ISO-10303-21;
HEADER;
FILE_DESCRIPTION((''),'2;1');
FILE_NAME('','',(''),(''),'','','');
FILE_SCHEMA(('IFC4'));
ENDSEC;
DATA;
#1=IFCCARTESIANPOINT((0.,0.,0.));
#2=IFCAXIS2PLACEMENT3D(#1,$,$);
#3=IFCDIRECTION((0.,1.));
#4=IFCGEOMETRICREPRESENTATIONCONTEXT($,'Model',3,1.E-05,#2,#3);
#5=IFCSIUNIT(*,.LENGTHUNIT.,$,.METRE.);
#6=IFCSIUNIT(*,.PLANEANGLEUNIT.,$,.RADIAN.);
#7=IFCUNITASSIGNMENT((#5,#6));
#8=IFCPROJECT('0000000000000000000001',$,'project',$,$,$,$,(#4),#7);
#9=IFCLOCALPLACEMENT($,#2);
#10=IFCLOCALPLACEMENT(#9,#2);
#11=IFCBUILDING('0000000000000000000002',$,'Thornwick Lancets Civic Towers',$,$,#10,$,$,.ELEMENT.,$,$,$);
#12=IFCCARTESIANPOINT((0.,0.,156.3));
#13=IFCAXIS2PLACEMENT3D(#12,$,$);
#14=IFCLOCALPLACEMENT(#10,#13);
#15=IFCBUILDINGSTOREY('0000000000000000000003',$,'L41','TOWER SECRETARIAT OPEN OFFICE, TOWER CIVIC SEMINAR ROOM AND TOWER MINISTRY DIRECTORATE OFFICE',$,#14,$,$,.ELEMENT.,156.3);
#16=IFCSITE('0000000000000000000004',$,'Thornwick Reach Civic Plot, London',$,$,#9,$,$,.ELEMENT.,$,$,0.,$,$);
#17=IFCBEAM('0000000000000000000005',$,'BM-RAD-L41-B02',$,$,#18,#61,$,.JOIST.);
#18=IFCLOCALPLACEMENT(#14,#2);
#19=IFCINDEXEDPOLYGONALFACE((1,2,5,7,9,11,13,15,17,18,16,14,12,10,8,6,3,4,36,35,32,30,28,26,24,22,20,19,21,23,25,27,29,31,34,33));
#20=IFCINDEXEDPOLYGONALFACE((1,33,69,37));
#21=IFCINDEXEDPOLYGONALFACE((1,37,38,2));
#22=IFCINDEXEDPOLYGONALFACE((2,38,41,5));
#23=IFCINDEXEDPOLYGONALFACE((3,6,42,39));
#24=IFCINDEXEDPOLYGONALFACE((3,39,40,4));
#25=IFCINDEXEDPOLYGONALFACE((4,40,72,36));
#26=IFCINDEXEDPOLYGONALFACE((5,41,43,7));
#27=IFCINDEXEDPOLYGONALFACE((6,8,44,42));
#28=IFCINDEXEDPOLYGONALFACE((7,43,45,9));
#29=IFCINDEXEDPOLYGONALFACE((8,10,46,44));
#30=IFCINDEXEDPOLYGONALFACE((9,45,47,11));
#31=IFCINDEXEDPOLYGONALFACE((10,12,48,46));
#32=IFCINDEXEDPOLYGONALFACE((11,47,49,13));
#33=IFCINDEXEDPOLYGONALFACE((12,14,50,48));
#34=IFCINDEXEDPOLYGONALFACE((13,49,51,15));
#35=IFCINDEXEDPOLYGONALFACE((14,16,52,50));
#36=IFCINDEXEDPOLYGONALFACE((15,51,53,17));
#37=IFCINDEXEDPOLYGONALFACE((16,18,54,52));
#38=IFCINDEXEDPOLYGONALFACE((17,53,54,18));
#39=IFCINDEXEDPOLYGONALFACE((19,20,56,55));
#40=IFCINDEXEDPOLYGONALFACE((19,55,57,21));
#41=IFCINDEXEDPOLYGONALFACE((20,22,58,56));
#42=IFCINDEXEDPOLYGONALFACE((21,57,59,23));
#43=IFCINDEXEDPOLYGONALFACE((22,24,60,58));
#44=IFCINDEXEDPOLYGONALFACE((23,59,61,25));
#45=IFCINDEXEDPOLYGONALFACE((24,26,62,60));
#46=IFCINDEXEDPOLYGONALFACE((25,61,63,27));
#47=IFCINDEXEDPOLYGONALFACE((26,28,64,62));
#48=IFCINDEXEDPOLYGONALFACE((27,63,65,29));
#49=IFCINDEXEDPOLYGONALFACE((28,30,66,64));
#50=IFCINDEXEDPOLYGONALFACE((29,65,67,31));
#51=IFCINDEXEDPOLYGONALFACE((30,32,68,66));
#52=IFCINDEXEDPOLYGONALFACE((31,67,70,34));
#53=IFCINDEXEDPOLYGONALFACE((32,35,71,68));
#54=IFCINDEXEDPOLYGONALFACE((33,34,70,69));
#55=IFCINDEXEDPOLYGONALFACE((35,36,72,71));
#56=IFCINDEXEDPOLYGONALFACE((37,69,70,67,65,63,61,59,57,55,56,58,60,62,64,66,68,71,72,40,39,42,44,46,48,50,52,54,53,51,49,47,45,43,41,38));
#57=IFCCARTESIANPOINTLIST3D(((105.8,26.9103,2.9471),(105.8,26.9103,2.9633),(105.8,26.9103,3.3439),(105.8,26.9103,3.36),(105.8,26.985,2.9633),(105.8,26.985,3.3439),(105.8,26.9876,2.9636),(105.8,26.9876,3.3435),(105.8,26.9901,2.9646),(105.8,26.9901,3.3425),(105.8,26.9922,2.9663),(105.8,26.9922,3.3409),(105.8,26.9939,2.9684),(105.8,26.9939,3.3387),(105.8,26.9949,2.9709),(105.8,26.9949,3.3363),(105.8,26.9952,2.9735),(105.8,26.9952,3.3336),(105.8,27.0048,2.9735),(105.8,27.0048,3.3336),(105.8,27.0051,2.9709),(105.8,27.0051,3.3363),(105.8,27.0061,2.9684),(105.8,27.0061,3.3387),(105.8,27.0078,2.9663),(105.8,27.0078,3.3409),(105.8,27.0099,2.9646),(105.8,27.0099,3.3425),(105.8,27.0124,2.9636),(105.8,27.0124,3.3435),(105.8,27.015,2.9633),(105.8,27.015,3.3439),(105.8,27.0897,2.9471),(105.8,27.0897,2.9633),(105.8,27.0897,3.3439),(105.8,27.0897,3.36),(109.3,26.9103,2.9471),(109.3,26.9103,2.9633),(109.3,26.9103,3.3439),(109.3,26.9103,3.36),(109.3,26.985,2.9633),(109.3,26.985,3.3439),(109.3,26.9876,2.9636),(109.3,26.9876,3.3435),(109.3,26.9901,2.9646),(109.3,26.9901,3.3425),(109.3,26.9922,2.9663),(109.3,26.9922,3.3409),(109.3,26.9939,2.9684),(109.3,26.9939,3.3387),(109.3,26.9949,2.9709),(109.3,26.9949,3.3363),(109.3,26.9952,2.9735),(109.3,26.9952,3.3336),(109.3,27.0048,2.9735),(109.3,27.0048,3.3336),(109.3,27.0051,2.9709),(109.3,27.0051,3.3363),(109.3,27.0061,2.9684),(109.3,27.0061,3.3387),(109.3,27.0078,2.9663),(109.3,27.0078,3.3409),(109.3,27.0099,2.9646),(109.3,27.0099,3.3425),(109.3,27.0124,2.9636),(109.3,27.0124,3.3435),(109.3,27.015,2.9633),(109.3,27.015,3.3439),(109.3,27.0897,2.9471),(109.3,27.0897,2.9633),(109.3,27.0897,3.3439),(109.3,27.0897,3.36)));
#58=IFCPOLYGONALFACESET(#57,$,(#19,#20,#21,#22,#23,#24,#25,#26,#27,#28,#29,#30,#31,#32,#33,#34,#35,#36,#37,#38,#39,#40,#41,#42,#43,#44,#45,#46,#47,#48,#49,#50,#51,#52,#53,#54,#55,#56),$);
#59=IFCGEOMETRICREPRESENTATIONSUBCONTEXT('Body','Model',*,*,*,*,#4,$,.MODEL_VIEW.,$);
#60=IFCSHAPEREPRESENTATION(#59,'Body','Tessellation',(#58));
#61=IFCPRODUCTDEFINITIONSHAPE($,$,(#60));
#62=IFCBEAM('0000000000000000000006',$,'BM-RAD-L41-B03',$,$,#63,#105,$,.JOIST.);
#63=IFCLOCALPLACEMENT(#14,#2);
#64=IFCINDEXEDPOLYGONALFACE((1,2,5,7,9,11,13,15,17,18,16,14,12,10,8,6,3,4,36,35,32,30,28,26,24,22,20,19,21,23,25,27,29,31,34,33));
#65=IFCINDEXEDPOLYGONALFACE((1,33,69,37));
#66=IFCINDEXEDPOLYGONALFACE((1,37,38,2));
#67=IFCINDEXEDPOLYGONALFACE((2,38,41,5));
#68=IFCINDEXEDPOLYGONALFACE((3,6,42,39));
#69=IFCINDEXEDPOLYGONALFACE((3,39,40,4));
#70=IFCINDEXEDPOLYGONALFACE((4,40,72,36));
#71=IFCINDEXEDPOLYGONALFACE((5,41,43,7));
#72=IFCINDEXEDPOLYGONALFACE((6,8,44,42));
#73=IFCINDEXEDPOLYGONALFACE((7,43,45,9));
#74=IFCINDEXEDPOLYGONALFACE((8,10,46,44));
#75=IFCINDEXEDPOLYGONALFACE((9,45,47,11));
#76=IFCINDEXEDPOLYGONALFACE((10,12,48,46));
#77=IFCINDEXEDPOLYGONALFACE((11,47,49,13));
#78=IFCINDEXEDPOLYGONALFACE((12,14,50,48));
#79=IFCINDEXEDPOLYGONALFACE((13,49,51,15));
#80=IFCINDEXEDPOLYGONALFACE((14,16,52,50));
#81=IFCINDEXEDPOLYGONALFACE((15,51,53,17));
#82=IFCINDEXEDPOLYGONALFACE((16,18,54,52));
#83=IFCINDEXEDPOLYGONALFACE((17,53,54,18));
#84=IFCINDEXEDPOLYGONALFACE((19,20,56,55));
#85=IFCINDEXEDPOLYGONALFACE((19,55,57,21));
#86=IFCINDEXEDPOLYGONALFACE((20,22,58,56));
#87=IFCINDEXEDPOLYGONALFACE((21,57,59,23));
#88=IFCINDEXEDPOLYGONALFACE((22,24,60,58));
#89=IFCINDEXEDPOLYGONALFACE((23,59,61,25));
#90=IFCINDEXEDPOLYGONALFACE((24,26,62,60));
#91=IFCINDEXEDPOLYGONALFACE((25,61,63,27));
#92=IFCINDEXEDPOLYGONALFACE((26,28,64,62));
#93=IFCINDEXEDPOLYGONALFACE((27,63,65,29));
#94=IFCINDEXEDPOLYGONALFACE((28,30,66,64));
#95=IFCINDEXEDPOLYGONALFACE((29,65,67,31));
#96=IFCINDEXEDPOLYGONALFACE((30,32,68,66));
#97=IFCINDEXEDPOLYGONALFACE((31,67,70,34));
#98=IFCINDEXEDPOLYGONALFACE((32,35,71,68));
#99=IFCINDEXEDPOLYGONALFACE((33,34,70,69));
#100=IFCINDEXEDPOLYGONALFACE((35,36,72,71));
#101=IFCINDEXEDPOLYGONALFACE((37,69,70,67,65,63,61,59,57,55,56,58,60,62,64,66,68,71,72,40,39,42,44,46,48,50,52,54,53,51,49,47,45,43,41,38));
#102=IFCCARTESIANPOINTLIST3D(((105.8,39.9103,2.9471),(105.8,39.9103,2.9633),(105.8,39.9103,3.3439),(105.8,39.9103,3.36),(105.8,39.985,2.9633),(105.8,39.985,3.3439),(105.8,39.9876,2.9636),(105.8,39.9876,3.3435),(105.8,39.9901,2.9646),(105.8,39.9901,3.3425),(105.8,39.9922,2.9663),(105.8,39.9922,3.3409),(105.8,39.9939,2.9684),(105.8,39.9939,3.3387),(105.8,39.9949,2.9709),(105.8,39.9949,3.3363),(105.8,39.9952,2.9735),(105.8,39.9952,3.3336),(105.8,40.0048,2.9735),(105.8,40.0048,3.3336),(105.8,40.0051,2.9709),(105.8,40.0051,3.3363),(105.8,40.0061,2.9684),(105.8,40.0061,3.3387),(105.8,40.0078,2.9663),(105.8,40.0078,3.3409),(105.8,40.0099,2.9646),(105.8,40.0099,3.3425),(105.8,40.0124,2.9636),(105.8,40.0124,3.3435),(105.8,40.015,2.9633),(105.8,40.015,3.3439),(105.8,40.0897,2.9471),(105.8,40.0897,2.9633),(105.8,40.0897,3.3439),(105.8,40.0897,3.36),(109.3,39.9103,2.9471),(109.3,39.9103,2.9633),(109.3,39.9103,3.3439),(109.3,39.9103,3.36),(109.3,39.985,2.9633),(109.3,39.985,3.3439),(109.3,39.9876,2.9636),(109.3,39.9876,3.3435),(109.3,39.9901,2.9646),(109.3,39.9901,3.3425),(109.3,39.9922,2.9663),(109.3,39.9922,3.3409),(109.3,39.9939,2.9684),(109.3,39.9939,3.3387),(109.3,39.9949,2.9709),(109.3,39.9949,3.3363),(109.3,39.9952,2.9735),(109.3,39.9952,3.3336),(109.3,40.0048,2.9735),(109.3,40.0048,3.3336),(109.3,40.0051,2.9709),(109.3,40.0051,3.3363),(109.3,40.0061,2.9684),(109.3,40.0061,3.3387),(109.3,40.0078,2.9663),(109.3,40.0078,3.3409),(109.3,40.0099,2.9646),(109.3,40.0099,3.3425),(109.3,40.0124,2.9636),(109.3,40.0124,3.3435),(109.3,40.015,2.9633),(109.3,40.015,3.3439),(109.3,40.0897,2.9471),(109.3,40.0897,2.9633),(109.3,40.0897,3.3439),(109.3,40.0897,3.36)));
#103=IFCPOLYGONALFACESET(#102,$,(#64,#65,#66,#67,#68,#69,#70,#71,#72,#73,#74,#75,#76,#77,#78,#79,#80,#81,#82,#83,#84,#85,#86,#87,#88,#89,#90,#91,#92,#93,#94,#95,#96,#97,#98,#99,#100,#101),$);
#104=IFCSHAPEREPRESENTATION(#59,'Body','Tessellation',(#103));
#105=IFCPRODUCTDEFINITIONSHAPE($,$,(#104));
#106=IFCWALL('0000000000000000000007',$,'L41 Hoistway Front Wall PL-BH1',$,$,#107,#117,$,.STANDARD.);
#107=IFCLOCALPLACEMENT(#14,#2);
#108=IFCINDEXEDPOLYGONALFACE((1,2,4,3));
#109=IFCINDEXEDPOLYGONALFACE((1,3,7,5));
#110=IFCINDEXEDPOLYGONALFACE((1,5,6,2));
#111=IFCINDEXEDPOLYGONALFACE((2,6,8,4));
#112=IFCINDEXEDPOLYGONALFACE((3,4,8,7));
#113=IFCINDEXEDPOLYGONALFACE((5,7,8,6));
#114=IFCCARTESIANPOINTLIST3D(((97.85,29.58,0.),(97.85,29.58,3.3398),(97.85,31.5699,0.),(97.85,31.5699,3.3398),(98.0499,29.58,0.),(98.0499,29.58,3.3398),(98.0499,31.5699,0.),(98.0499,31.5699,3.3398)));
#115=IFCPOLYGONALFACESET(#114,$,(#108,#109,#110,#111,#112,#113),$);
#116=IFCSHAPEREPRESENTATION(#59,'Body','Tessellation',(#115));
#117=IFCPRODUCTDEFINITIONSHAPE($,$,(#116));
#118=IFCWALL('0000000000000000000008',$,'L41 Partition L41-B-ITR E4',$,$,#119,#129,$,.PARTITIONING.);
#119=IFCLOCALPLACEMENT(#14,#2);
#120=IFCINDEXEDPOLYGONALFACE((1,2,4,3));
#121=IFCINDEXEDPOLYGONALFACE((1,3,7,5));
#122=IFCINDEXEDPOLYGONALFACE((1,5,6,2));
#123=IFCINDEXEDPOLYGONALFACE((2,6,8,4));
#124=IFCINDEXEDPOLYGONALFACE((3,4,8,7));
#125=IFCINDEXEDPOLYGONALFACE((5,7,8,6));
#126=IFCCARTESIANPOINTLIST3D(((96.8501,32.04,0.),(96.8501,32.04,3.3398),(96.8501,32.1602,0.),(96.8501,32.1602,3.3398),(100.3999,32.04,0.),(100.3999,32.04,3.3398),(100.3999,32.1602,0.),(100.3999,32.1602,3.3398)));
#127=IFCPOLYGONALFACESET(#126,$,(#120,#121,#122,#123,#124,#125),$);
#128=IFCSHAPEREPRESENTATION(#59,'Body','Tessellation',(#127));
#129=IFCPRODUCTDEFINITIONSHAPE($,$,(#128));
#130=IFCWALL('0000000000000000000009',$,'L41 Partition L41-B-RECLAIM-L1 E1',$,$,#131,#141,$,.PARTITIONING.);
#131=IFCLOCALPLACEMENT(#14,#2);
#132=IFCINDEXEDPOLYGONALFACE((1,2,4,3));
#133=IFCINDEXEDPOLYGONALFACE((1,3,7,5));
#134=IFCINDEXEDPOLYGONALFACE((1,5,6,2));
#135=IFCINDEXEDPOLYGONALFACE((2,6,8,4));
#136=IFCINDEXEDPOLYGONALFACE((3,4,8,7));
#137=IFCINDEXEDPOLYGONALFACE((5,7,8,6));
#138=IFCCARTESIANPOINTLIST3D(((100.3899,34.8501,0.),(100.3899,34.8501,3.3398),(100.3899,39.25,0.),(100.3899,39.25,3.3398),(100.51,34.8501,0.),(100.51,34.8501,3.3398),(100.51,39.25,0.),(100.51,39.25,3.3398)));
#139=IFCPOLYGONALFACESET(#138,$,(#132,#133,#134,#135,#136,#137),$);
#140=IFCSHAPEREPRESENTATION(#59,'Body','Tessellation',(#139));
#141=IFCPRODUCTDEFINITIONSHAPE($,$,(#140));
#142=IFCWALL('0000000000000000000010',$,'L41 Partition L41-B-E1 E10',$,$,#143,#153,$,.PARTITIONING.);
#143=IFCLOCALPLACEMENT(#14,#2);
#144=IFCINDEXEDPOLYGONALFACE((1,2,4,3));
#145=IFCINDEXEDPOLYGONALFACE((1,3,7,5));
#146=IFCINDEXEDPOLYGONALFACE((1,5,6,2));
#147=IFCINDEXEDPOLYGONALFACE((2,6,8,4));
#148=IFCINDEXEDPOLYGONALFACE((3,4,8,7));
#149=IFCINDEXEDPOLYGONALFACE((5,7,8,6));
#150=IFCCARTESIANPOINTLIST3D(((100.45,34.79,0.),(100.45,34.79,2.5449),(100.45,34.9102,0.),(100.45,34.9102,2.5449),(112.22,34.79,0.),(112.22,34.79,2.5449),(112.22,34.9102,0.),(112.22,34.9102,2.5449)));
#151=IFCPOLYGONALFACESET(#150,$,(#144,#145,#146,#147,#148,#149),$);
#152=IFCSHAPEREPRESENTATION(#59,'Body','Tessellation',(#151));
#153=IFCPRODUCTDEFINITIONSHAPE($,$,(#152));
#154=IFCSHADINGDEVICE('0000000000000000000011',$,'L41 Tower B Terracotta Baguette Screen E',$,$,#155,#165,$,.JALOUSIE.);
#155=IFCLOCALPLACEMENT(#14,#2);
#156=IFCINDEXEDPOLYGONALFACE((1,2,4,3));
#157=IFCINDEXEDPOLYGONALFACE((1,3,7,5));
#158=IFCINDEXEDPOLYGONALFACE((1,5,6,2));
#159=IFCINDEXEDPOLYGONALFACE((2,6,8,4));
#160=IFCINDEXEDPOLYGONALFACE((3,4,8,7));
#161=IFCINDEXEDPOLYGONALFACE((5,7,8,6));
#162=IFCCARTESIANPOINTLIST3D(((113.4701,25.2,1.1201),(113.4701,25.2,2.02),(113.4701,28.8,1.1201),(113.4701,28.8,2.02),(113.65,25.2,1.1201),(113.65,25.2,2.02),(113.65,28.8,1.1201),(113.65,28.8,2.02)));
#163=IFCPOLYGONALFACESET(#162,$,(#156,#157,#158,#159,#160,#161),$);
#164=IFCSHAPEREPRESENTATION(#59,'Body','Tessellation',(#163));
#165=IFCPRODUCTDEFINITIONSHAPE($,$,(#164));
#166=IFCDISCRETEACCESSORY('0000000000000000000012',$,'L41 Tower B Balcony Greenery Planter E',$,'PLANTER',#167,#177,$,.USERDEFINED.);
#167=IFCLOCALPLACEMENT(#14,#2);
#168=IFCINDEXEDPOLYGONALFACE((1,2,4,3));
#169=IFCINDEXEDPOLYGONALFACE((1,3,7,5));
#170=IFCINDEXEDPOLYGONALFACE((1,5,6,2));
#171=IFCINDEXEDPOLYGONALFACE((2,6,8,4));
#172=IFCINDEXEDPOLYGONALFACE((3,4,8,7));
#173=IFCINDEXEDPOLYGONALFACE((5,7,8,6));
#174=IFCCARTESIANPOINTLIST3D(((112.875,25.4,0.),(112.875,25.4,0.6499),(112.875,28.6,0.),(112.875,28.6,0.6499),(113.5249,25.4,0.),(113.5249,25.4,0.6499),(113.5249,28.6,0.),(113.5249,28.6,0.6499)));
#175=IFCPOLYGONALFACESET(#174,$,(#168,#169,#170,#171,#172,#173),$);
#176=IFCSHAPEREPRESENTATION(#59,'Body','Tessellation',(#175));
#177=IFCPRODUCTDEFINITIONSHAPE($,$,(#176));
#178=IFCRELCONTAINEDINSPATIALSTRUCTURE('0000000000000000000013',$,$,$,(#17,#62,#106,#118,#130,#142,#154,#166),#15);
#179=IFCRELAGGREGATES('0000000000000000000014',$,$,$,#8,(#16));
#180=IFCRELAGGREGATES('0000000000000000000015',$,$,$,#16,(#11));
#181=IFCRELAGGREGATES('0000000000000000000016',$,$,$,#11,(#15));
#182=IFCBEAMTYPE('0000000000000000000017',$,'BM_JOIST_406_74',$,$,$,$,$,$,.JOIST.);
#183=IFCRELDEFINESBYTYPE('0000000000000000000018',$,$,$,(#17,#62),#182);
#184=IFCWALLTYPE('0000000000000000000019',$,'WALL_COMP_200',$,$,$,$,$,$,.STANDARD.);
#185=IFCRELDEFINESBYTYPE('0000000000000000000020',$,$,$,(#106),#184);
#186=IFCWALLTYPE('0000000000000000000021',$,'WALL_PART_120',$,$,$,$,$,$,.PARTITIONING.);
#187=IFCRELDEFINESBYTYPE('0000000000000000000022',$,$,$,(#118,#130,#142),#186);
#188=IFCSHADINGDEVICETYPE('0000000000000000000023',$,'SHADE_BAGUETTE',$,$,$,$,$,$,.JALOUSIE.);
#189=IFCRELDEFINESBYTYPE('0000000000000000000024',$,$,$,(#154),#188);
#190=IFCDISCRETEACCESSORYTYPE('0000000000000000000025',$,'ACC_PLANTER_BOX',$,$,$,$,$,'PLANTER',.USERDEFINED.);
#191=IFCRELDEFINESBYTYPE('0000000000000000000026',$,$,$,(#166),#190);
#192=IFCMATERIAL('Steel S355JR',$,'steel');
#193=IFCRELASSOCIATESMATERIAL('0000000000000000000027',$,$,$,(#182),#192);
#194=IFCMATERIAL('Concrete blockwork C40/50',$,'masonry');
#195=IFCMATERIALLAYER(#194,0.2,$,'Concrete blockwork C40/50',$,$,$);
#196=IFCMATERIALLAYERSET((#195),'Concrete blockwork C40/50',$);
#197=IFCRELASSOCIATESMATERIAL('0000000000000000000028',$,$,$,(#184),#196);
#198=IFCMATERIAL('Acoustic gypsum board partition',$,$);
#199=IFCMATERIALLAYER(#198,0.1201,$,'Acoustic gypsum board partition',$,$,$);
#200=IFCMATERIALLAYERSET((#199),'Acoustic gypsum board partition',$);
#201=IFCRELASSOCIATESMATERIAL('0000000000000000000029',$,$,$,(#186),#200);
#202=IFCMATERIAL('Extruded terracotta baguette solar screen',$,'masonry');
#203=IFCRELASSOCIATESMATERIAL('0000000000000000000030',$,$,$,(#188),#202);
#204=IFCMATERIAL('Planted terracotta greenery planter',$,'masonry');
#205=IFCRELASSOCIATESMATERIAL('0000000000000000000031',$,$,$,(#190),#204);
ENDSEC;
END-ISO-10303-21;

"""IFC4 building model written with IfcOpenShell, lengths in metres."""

from ifc_helpers import new_model, si_unit, direction, frame, frame_2d, origin, origin_2d, place, context, subcontext, project, spatial, rectangle, i_section, extrude, material, layer, layer_set, material_profile, profile_set, type_object, element, save


model = new_model("IFC4")

# Units and contexts
model_context = context("Model", 3, precision=1e-05, world=origin(), true_north=direction((0.0, 1.0)))
body_context = subcontext(model_context, "Body", "Model", "MODEL_VIEW")
ifc_project = project(units=[si_unit("LENGTHUNIT", "METRE"), si_unit("PLANEANGLEUNIT", "RADIAN")], contexts=[model_context])

# Site, building, storey
site_placement = place(None, origin())
site = spatial("IfcSite", under=ifc_project, at=site_placement, Name="Thornwick Reach Civic Plot, London", CompositionType="ELEMENT", RefElevation=0.0)
building_placement = place(site_placement, origin())
building = spatial("IfcBuilding", under=site, at=building_placement, Name="Thornwick Lancets Civic Towers", CompositionType="ELEMENT")
storey_placement = place(building_placement, frame((0.0, 0.0, 156.3)))
storey = spatial("IfcBuildingStorey", under=building, at=storey_placement, Name="L41", Description="TOWER SECRETARIAT OPEN OFFICE, TOWER CIVIC SEMINAR ROOM AND TOWER MINISTRY DIRECTORATE OFFICE", CompositionType="ELEMENT", Elevation=156.3)

# Beams
ifc_material_1 = material(Name="Steel S355JR", Category="steel")
ifc_material_profile_1 = material_profile(ifc_material_1, i_section(OverallWidth=0.1794, OverallDepth=0.4128, WebThickness=0.0095, FlangeThickness=0.0161, FilletRadius=0.0103, at=origin_2d()), Name="UKB 406x178x74")
ifc_profile_set_1 = profile_set([ifc_material_profile_1], Name="Steel S355JR")
beam_type_1 = type_object("IfcBeamType", Name="BM_JOIST_406_74", PredefinedType="JOIST", material=ifc_profile_set_1)
for number, where, z_axis, x_axis, name in (
    (1, (105.8, 27.0, 3.1536), (1.0, 0.0, 0.0), (0.0, 1.0, 0.0), "BM-RAD-L41-B02"),
    (2, (105.8, 40.0, 3.1536), (1.0, 0.0, 0.0), (0.0, 1.0, 0.0), "BM-RAD-L41-B03"),
):
    element("IfcBeam", number, at=place(storey_placement, frame(where, z_axis=z_axis, x_axis=x_axis)), inside=storey, type_object=beam_type_1, Name=name, PredefinedType="JOIST", context=body_context, shape_type="SweptSolid", body=[
        extrude(i_section(OverallWidth=0.1794, OverallDepth=0.4128, WebThickness=0.0095, FlangeThickness=0.0161, FilletRadius=0.0103, at=origin_2d()), origin(), (0.0, 0.0, 1.0), 3.5),
    ])

# Walls
ifc_material_2 = material(Name="Concrete blockwork C40/50", Category="masonry")
ifc_layer_1 = layer(ifc_material_2, 0.2, Name="Concrete blockwork C40/50")
ifc_layer_set_1 = layer_set([ifc_layer_1], Name="Concrete blockwork C40/50")
wall_type_1 = type_object("IfcWallType", Name="WALL_COMP_200", PredefinedType="STANDARD", material=ifc_layer_set_1)
wall_1_placement = place(storey_placement, frame((97.95, 31.5701, 0.0), z_axis=(0.0, 0.0, 1.0), x_axis=(0.0, -1.0, 0.0)))
element("IfcWall", 3, at=wall_1_placement, inside=storey, type_object=wall_type_1, Name="L41 Hoistway Front Wall PL-BH1", PredefinedType="STANDARD", context=body_context, shape_type="SweptSolid", body=[
    extrude(rectangle(XDim=1.99, YDim=0.2, at=frame_2d((0.9951, 0.0))), origin(), (0.0, 0.0, 1.0), 3.3398),
])
ifc_material_3 = material(Name="Acoustic gypsum board partition")
ifc_layer_2 = layer(ifc_material_3, 0.1201, Name="Acoustic gypsum board partition")
ifc_layer_set_2 = layer_set([ifc_layer_2], Name="Acoustic gypsum board partition")
wall_type_2 = type_object("IfcWallType", Name="WALL_PART_120", PredefinedType="PARTITIONING", material=ifc_layer_set_2)
wall_2_placement = place(storey_placement, frame((100.3999, 32.1001, 0.0), z_axis=(0.0, 0.0, 1.0), x_axis=(-1.0, 0.0, 0.0)))
element("IfcWall", 4, at=wall_2_placement, inside=storey, type_object=wall_type_2, Name="L41 Partition L41-B-ITR E4", PredefinedType="PARTITIONING", context=body_context, shape_type="SweptSolid", body=[
    extrude(rectangle(XDim=3.5498, YDim=0.1201, at=frame_2d((1.7749, 0.0))), origin(), (0.0, 0.0, 1.0), 3.3398),
])
wall_3_placement = place(storey_placement, frame((100.45, 39.25, 0.0), z_axis=(0.0, 0.0, 1.0), x_axis=(0.0, -1.0, 0.0)))
element("IfcWall", 5, at=wall_3_placement, inside=storey, type_object=wall_type_2, Name="L41 Partition L41-B-RECLAIM-L1 E1", PredefinedType="PARTITIONING", context=body_context, shape_type="SweptSolid", body=[
    extrude(rectangle(XDim=4.3999, YDim=0.1201, at=frame_2d((2.2, 0.0))), origin(), (0.0, 0.0, 1.0), 3.3398),
])
wall_4_placement = place(storey_placement, frame((112.22, 34.8501, 0.0), z_axis=(0.0, 0.0, 1.0), x_axis=(-1.0, 0.0, 0.0)))
element("IfcWall", 6, at=wall_4_placement, inside=storey, type_object=wall_type_2, Name="L41 Partition L41-B-E1 E10", PredefinedType="PARTITIONING", context=body_context, shape_type="SweptSolid", body=[
    extrude(rectangle(XDim=11.77, YDim=0.1201, at=frame_2d((5.885, 0.0))), origin(), (0.0, 0.0, 1.0), 2.5449),
])

# Shading device
ifc_material_4 = material(Name="Extruded terracotta baguette solar screen", Category="masonry")
shading_device_type = type_object("IfcShadingDeviceType", Name="SHADE_BAGUETTE", PredefinedType="JALOUSIE", material=ifc_material_4)
shading_device_placement = place(storey_placement, frame((113.5601, 27.0, 1.1201), z_axis=(0.0, 0.0, 1.0), x_axis=(0.0, 1.0, 0.0)))
element("IfcShadingDevice", 7, at=shading_device_placement, inside=storey, type_object=shading_device_type, Name="L41 Tower B Terracotta Baguette Screen E", PredefinedType="JALOUSIE", context=body_context, shape_type="SweptSolid", body=[
    extrude(rectangle(XDim=3.6001, YDim=0.1799, at=origin_2d()), origin(), (0.0, 0.0, 1.0), 0.8999),
])

# Discrete accessory
ifc_material_5 = material(Name="Planted terracotta greenery planter", Category="masonry")
discrete_accessory_type = type_object("IfcDiscreteAccessoryType", Name="ACC_PLANTER_BOX", ElementType="PLANTER", PredefinedType="USERDEFINED", material=ifc_material_5)
discrete_accessory_placement = place(storey_placement, frame((113.2, 27.0, 0.0), z_axis=(0.0, 0.0, 1.0), x_axis=(1.0, 0.0, 0.0)))
element("IfcDiscreteAccessory", 8, at=discrete_accessory_placement, inside=storey, type_object=discrete_accessory_type, Name="L41 Tower B Balcony Greenery Planter E", ObjectType="PLANTER", PredefinedType="USERDEFINED", context=body_context, shape_type="SweptSolid", body=[
    extrude(rectangle(XDim=0.6499, YDim=3.2, at=origin_2d()), origin(), (0.0, 0.0, 1.0), 0.6499),
])

save(model, "model.ifc")
